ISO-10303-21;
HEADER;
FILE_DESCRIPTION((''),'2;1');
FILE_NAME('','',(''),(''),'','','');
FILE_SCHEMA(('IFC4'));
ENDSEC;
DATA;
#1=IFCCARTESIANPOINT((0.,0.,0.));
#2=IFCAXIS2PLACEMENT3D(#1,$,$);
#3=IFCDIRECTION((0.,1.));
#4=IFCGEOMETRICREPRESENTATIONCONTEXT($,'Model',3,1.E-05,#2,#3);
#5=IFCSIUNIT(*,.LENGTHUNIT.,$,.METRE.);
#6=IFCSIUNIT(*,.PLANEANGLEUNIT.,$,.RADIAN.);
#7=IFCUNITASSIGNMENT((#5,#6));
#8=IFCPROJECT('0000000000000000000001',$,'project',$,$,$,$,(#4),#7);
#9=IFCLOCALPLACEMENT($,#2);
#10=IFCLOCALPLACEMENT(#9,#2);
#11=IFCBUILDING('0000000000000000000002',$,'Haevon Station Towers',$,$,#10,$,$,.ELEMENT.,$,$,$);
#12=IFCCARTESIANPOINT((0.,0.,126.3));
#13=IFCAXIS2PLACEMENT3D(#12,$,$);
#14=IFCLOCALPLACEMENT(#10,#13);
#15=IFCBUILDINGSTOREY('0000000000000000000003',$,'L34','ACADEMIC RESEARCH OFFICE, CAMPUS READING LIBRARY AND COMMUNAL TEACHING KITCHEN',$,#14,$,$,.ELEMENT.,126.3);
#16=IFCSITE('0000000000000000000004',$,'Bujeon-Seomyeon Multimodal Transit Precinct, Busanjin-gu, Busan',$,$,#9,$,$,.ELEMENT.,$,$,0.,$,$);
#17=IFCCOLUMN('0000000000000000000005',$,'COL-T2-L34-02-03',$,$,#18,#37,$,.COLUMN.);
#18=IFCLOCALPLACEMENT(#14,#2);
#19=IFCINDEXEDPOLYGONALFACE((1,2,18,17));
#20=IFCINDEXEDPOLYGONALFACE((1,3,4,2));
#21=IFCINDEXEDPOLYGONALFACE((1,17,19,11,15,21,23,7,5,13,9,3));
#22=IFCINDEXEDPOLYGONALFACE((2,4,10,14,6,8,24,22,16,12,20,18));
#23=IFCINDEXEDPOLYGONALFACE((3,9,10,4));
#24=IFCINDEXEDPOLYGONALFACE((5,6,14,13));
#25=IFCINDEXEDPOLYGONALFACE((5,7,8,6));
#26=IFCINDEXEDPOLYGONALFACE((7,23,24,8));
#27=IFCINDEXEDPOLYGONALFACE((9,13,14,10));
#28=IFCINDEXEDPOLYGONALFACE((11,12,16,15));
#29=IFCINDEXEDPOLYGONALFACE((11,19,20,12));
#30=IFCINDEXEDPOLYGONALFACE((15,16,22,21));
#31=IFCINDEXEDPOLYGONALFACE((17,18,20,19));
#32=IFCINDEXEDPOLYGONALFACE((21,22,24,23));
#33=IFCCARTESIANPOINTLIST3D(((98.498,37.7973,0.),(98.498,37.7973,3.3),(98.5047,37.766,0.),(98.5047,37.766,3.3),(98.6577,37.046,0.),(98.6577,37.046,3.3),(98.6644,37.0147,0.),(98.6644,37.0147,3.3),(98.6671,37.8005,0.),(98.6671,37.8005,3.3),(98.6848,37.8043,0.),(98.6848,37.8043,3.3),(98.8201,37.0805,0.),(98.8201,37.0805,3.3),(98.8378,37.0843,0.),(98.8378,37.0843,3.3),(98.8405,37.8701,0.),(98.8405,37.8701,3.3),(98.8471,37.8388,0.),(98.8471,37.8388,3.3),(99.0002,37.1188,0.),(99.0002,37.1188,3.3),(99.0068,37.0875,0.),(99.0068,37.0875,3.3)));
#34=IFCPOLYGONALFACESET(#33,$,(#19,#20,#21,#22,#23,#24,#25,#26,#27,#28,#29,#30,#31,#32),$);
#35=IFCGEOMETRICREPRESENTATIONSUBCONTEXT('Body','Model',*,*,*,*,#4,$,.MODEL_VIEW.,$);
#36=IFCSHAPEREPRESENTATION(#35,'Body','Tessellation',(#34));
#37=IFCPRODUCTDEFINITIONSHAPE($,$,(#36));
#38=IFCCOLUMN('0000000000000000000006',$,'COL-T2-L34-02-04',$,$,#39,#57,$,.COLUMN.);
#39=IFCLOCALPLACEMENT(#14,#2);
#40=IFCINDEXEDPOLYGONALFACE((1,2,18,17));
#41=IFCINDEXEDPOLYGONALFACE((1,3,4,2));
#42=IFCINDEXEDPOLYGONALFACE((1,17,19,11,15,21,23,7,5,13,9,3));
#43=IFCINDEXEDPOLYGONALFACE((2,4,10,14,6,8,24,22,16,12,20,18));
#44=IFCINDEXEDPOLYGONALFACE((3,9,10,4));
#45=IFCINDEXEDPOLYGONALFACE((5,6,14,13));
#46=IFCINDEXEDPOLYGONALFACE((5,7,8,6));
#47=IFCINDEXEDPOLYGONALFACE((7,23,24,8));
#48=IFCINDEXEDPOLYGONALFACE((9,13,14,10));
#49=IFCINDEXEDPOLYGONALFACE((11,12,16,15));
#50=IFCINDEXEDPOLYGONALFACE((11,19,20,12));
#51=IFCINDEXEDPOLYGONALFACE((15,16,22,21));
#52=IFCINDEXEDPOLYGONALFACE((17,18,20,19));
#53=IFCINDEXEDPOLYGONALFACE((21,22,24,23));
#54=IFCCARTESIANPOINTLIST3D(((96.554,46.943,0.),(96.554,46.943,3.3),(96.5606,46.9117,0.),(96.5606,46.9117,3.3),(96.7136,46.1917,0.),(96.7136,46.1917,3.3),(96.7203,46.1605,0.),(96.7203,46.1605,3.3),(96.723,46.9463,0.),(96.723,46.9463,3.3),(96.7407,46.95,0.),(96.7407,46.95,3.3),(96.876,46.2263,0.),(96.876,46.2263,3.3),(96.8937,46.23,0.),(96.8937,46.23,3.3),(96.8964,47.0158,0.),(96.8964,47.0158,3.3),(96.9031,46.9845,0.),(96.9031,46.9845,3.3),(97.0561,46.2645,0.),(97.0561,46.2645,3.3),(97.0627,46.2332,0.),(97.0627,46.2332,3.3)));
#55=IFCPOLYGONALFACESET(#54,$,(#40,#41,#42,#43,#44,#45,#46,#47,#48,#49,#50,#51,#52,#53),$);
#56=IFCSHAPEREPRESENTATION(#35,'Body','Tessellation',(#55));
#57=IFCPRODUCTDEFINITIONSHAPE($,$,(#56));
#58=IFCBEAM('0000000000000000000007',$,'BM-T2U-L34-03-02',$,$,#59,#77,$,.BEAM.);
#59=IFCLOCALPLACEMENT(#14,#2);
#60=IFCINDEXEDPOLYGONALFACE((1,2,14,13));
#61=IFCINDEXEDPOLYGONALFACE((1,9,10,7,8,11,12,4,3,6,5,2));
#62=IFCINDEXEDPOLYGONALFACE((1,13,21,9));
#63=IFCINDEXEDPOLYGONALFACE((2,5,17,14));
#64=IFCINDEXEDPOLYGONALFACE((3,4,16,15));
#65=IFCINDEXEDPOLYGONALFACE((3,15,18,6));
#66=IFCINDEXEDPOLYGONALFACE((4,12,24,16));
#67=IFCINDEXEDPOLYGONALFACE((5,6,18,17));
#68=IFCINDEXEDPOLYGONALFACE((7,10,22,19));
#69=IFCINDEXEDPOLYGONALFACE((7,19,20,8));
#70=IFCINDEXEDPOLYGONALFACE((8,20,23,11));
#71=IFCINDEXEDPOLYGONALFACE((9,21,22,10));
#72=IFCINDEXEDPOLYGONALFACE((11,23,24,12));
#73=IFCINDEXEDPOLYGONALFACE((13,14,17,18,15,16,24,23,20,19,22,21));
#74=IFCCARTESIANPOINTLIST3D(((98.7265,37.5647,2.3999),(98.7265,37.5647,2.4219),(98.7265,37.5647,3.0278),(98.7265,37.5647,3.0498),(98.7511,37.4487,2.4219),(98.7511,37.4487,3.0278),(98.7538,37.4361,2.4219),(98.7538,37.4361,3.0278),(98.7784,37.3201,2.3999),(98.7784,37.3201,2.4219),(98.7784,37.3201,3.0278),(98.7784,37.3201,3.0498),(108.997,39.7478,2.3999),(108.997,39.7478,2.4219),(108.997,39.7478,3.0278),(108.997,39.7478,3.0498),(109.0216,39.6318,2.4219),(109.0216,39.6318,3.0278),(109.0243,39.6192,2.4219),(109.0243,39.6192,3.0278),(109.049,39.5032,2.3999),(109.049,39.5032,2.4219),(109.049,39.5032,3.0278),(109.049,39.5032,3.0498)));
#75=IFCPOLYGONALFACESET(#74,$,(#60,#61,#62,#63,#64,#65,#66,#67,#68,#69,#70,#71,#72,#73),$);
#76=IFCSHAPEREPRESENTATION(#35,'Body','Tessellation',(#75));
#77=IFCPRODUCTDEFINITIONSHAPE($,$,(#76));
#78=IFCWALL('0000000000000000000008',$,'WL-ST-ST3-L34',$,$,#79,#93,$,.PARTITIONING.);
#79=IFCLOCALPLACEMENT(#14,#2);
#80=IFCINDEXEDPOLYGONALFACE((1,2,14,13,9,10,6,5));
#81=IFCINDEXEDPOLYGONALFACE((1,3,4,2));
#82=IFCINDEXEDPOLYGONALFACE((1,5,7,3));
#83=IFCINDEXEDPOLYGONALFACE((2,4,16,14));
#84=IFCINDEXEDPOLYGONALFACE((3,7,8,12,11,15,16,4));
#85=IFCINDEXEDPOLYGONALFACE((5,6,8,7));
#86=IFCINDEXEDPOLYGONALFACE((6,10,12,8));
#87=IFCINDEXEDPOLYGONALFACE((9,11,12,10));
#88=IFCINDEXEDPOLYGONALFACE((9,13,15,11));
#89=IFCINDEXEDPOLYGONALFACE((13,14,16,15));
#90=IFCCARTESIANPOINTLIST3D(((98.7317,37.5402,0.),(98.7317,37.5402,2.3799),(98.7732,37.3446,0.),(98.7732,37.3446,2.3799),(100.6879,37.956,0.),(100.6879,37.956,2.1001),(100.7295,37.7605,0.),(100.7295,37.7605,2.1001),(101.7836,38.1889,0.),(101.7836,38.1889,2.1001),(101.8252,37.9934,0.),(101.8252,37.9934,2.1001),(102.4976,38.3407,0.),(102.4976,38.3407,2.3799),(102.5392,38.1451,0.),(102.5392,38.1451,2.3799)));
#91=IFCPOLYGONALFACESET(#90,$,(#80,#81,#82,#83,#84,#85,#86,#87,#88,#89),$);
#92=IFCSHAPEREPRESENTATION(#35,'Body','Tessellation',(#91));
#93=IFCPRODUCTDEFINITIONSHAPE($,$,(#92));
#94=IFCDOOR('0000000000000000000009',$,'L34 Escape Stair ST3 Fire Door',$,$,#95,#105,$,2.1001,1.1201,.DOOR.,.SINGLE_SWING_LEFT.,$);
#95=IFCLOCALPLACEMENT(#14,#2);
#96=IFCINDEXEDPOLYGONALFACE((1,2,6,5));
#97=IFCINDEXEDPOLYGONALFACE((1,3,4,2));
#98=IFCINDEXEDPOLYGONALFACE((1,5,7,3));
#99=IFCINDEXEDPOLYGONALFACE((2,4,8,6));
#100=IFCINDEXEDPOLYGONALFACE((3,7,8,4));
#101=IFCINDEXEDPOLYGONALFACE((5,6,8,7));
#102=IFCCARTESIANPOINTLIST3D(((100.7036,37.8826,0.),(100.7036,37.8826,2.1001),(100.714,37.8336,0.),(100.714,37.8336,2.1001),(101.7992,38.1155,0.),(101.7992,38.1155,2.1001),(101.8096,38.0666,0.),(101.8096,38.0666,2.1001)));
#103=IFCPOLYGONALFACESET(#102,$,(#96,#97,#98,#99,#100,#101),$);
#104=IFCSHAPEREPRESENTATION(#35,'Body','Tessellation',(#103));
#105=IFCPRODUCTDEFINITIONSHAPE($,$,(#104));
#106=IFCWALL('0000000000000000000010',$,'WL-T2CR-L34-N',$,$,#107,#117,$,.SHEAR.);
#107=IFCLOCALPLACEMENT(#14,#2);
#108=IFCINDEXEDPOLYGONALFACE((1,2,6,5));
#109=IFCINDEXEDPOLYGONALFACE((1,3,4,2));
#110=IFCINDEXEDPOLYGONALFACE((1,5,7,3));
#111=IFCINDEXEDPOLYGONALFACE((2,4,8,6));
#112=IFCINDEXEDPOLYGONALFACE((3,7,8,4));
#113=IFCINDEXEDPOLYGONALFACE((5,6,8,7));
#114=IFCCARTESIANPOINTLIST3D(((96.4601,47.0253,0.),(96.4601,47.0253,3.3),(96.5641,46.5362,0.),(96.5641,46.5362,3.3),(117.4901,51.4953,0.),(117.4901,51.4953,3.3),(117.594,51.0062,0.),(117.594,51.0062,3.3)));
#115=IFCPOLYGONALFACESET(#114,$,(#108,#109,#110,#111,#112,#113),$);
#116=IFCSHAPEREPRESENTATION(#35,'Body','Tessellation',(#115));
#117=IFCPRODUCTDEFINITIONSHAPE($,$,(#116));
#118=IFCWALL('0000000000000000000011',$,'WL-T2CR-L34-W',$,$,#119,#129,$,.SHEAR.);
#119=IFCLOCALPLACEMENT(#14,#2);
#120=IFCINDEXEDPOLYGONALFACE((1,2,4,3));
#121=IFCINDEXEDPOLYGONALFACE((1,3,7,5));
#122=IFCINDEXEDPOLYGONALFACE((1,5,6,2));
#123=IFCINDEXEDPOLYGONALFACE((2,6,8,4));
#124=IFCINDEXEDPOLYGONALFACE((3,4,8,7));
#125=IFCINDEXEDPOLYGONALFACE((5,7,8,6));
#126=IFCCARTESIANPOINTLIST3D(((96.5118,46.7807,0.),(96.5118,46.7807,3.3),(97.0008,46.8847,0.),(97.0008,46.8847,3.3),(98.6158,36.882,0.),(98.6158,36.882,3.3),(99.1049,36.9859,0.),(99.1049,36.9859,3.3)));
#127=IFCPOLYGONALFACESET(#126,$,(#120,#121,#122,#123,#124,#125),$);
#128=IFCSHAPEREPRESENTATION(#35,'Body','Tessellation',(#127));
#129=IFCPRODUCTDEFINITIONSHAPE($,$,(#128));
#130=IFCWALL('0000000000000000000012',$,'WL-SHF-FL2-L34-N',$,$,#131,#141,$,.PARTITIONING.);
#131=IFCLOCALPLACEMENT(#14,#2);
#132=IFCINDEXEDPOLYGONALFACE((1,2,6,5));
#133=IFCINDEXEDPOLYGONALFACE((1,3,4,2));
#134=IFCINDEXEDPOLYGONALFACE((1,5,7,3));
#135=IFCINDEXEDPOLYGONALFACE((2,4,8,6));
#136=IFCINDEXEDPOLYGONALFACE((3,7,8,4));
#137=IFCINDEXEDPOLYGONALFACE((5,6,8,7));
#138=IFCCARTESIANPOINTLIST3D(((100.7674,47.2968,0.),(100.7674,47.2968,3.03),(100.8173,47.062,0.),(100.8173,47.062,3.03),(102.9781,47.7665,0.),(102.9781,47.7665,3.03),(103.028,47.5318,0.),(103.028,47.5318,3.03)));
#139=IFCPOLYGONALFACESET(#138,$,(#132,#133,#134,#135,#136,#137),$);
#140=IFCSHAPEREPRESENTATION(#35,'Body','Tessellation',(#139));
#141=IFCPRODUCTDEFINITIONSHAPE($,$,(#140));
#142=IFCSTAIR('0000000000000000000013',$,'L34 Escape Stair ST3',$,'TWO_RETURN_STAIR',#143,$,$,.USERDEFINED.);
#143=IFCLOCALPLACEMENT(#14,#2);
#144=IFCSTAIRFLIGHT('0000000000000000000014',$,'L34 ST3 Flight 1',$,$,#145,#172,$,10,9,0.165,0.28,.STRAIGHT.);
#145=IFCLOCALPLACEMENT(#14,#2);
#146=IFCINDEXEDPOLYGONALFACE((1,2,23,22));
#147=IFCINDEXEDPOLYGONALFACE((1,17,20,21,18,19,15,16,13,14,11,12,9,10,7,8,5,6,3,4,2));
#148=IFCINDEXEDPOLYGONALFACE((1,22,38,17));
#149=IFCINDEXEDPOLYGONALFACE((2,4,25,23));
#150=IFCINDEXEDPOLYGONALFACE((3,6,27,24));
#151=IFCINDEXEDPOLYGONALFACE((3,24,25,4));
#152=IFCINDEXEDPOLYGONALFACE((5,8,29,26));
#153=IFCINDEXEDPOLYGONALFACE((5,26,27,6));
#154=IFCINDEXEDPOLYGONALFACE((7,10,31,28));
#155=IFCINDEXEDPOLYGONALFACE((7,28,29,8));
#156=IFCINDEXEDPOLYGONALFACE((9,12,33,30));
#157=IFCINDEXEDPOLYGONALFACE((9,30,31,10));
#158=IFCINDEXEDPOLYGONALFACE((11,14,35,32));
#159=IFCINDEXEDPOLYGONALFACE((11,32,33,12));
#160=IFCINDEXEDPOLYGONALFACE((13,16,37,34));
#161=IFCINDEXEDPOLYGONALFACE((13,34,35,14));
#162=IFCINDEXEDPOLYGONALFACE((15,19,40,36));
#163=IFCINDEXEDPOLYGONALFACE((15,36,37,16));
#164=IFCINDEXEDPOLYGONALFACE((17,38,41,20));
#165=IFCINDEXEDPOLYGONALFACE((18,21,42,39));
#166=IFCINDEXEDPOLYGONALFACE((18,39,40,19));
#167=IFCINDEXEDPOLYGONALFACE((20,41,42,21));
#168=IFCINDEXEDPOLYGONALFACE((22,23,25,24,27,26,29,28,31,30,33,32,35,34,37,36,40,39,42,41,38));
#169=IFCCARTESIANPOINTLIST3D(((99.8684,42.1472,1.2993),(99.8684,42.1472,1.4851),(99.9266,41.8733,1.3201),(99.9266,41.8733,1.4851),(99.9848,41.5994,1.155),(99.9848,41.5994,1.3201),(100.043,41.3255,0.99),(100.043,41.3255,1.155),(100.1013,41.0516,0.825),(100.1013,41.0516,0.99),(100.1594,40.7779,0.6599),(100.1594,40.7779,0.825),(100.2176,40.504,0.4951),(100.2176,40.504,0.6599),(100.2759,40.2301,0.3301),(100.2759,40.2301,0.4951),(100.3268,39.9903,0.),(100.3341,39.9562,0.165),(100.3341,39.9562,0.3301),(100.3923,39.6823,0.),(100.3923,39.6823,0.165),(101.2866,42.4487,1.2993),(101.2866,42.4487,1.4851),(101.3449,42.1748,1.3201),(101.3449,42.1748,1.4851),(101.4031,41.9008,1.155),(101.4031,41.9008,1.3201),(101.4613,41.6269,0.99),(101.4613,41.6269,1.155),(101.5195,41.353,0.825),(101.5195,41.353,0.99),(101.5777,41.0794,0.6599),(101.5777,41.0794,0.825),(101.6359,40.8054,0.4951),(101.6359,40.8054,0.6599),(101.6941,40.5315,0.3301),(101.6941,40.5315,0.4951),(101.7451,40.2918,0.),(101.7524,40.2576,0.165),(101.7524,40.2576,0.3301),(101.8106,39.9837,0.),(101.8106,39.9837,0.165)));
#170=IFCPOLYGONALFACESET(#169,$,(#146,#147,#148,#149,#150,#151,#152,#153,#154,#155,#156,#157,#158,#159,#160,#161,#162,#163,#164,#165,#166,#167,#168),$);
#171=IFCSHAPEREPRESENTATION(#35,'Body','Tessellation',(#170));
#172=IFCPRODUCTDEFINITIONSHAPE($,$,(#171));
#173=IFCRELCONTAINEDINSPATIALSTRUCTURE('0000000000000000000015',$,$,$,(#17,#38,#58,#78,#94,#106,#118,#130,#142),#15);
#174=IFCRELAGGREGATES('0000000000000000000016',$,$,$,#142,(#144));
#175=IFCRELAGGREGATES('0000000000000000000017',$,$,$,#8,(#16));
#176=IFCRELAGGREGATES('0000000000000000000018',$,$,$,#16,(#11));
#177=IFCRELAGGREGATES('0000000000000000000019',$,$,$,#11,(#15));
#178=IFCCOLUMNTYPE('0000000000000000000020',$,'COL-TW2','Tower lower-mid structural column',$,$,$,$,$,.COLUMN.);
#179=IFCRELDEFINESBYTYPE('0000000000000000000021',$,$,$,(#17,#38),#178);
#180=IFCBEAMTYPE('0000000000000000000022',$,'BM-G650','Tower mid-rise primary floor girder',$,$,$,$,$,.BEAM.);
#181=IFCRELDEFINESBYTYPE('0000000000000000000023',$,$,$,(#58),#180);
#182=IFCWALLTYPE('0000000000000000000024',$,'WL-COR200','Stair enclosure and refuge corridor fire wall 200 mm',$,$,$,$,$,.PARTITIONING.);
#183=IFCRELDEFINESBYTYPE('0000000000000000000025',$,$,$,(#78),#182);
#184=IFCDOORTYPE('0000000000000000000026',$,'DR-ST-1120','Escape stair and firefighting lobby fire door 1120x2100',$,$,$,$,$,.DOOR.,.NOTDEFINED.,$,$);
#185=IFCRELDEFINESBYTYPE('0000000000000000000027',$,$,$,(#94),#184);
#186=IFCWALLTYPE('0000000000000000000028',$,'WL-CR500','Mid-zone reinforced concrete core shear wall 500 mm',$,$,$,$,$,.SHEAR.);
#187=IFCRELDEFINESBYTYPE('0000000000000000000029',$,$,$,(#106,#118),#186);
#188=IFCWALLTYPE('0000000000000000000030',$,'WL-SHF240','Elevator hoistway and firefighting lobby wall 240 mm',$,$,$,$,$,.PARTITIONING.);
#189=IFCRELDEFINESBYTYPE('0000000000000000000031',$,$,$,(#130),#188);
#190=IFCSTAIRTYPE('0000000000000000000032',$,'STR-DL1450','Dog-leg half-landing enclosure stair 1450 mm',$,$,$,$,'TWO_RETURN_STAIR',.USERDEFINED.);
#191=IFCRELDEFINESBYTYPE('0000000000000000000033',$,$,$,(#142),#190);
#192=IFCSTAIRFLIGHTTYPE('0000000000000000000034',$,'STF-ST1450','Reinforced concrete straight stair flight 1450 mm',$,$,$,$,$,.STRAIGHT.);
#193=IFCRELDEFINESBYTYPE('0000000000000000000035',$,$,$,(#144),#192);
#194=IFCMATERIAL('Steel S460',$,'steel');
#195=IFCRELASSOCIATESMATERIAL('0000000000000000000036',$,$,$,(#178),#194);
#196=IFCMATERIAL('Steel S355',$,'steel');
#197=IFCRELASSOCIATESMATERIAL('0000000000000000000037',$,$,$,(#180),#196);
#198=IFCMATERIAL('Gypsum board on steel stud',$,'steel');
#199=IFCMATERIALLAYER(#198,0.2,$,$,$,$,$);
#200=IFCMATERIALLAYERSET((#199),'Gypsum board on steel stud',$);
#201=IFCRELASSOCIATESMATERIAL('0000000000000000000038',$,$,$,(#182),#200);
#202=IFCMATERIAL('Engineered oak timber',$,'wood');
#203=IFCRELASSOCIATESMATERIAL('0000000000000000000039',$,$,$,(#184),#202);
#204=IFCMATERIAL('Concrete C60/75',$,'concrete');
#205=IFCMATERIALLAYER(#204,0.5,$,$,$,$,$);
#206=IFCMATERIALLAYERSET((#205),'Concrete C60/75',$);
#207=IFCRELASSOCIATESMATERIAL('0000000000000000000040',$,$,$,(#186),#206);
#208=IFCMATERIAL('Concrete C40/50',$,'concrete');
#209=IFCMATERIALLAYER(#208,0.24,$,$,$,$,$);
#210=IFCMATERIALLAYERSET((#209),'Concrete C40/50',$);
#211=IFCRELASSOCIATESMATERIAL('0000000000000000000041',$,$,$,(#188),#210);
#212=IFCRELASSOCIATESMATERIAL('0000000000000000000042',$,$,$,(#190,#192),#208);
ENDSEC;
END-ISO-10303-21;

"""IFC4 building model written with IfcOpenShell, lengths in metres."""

from ifc_helpers import new_model, si_unit, direction, frame, frame_2d, origin, origin_2d, place, context, subcontext, project, spatial, polyline, rectangle, i_section, outline, extrude, material, layer, layer_set, material_profile, profile_set, type_object, element, fill, aggregate, save


model = new_model("IFC4")

# Units and contexts
model_context = context("Model", 3, precision=1e-05, world=origin(), true_north=direction((0.0, 1.0)))
body_context = subcontext(model_context, "Body", "Model", "MODEL_VIEW")
ifc_project = project(units=[si_unit("LENGTHUNIT", "METRE"), si_unit("PLANEANGLEUNIT", "RADIAN")], contexts=[model_context])

# Site, building, storey
site_placement = place(None, origin())
site = spatial("IfcSite", under=ifc_project, at=site_placement, Name="Bujeon-Seomyeon Multimodal Transit Precinct, Busanjin-gu, Busan", CompositionType="ELEMENT", RefElevation=0.0)
building_placement = place(site_placement, origin())
building = spatial("IfcBuilding", under=site, at=building_placement, Name="Haevon Station Towers", CompositionType="ELEMENT")
storey_placement = place(building_placement, frame((0.0, 0.0, 126.3)))
storey = spatial("IfcBuildingStorey", under=building, at=storey_placement, Name="L34", Description="ACADEMIC RESEARCH OFFICE, CAMPUS READING LIBRARY AND COMMUNAL TEACHING KITCHEN", CompositionType="ELEMENT", Elevation=126.3)

# Columns
ifc_material_1 = material(Name="Steel S460", Category="steel")
ifc_material_profile_1 = material_profile(ifc_material_1, i_section(OverallWidth=0.3501, OverallDepth=0.8, WebThickness=0.0181, FlangeThickness=0.032, at=origin_2d()), Name="H-800x350x18x32")
ifc_profile_set_1 = profile_set([ifc_material_profile_1], Name="Steel S460")
column_type = type_object("IfcColumnType", Name="COL-TW2", Description="Tower lower-mid structural column", PredefinedType="COLUMN", material=ifc_profile_set_1)
for number, where, z_axis, x_axis, name in (
    (1, (98.7524, 37.4424, 0.0), (0.0, 0.0, 1.0), (0.978148, 0.207912, 0.0), "COL-T2-L34-02-03"),
    (2, (96.8083, 46.5881, 0.0), (0.0, 0.0, 1.0), (0.978148, 0.207912, 0.0), "COL-T2-L34-02-04"),
):
    element("IfcColumn", number, at=place(storey_placement, frame(where, z_axis=z_axis, x_axis=x_axis)), inside=storey, type_object=column_type, Name=name, PredefinedType="COLUMN", context=body_context, shape_type="SweptSolid", body=[
        extrude(i_section(OverallWidth=0.3501, OverallDepth=0.8, WebThickness=0.0181, FlangeThickness=0.032, at=origin_2d()), origin(), (0.0, 0.0, 1.0), 3.3),
    ])

# Beam
ifc_material_2 = material(Name="Steel S355", Category="steel")
ifc_material_profile_2 = material_profile(ifc_material_2, i_section(OverallWidth=0.25, OverallDepth=0.6499, WebThickness=0.0129, FlangeThickness=0.022, at=origin_2d()), Name="H-650x250x13x22")
ifc_profile_set_2 = profile_set([ifc_material_profile_2], Name="Steel S355")
beam_type = type_object("IfcBeamType", Name="BM-G650", Description="Tower mid-rise primary floor girder", PredefinedType="BEAM", material=ifc_profile_set_2)
beam_placement = place(storey_placement, frame((98.7524, 37.4424, 2.7249), z_axis=(0.978147, 0.207915, 0.0), x_axis=(-0.207915, 0.978147, 0.0)))
element("IfcBeam", 3, at=beam_placement, inside=storey, type_object=beam_type, Name="BM-T2U-L34-03-02", PredefinedType="BEAM", context=body_context, shape_type="SweptSolid", body=[
    extrude(i_section(OverallWidth=0.25, OverallDepth=0.6499, WebThickness=0.0129, FlangeThickness=0.022, at=origin_2d()), origin(), (0.0, 0.0, 1.0), 10.5),
])

# Wall, opening, door
ifc_material_3 = material(Name="Gypsum board on steel stud", Category="steel")
ifc_layer_1 = layer(ifc_material_3, 0.2)
ifc_layer_set_1 = layer_set([ifc_layer_1], Name="Gypsum board on steel stud")
wall_type_1 = type_object("IfcWallType", Name="WL-COR200", Description="Stair enclosure and refuge corridor fire wall 200 mm", PredefinedType="PARTITIONING", material=ifc_layer_set_1)
wall_1_placement = place(storey_placement, frame((98.7524, 37.4424, 0.0), z_axis=(0.0, 0.0, 1.0), x_axis=(0.978144, 0.207931, 0.0)))
wall_1 = element("IfcWall", 4, at=wall_1_placement, inside=storey, type_object=wall_type_1, Name="WL-ST-ST3-L34", PredefinedType="PARTITIONING", context=body_context, shape_type="SweptSolid", body=[
    extrude(rectangle(XDim=3.8501, YDim=0.2, at=frame_2d((1.925, 0.0))), origin(), (0.0, 0.0, 1.0), 2.3799),
])
opening_1_placement = place(wall_1_placement, frame((2.0, 0.0, 0.0)))
opening_1 = element("IfcOpeningElement", 5, at=opening_1_placement, cuts=wall_1, PredefinedType="OPENING", context=body_context, shape_type="SweptSolid", body=[
    extrude(rectangle(XDim=1.1201, YDim=2.1001, at=frame_2d((0.5601, 1.05))), frame((0.0, 0.1099, 0.0), z_axis=(0.0, -1.0, 0.0), x_axis=(1.0, 0.0, 0.0)), (0.0, 0.0, 1.0), 0.22),
])
ifc_material_4 = material(Name="Engineered oak timber", Category="wood")
door_type_1 = type_object("IfcDoorType", Name="DR-ST-1120", Description="Escape stair and firefighting lobby fire door 1120x2100", OperationType="NOTDEFINED", PredefinedType="DOOR", material=ifc_material_4)
door_1_placement = place(opening_1_placement, origin())
door_1 = element("IfcDoor", 6, at=door_1_placement, inside=storey, type_object=door_type_1, Name="L34 Escape Stair ST3 Fire Door", OperationType="SINGLE_SWING_LEFT", OverallHeight=2.1001, OverallWidth=1.1201, PredefinedType="DOOR", context=body_context, shape_type="SweptSolid", body=[
    extrude(rectangle(XDim=1.1201, YDim=2.1001, at=frame_2d((0.5601, 1.05))), frame((0.0, 0.0249, 0.0), z_axis=(0.0, -1.0, 0.0), x_axis=(1.0, 0.0, 0.0)), (0.0, 0.0, 1.0), 0.05),
])
fill(opening_1, door_1)

# Walls
ifc_material_5 = material(Name="Concrete C60/75", Category="concrete")
ifc_layer_2 = layer(ifc_material_5, 0.5)
ifc_layer_set_2 = layer_set([ifc_layer_2], Name="Concrete C60/75")
wall_type_2 = type_object("IfcWallType", Name="WL-CR500", Description="Mid-zone reinforced concrete core shear wall 500 mm", PredefinedType="SHEAR", material=ifc_layer_set_2)
wall_2_placement = place(storey_placement, frame((96.512, 46.7808, 0.0), z_axis=(0.0, 0.0, 1.0), x_axis=(0.978149, 0.207907, 0.0)))
element("IfcWall", 7, at=wall_2_placement, inside=storey, type_object=wall_type_2, Name="WL-T2CR-L34-N", PredefinedType="SHEAR", context=body_context, shape_type="SweptSolid", body=[
    extrude(rectangle(XDim=21.4998, YDim=0.5, at=frame_2d((10.75, 0.0))), origin(), (0.0, 0.0, 1.0), 3.3),
])
wall_3_placement = place(storey_placement, frame((98.8604, 36.9338, 0.0), z_axis=(0.0, 0.0, 1.0), x_axis=(-0.207909, 0.978148, 0.0)))
element("IfcWall", 8, at=wall_3_placement, inside=storey, type_object=wall_type_2, Name="WL-T2CR-L34-W", PredefinedType="SHEAR", context=body_context, shape_type="SweptSolid", body=[
    extrude(rectangle(XDim=10.1199, YDim=0.5, at=frame_2d((5.0601, 0.0))), origin(), (0.0, 0.0, 1.0), 3.3),
])

# Shared definitions
ifc_material_6 = material(Name="Concrete C40/50", Category="concrete")
ifc_layer_3 = layer(ifc_material_6, 0.24)
ifc_layer_set_3 = layer_set([ifc_layer_3], Name="Concrete C40/50")
wall_type_3 = type_object("IfcWallType", Name="WL-SHF240", Description="Elevator hoistway and firefighting lobby wall 240 mm", PredefinedType="PARTITIONING", material=ifc_layer_set_3)

# Wall
wall_4_placement = place(storey_placement, frame((100.7925, 47.1794, 0.0), z_axis=(0.0, 0.0, 1.0), x_axis=(0.978163, 0.207839, 0.0)))
element("IfcWall", 9, at=wall_4_placement, inside=storey, type_object=wall_type_3, Name="WL-SHF-FL2-L34-N", PredefinedType="PARTITIONING", context=body_context, shape_type="SweptSolid", body=[
    extrude(rectangle(XDim=2.26, YDim=0.24, at=frame_2d((1.1299, 0.0))), origin(), (0.0, 0.0, 1.0), 3.03),
])

# Stair, stair flight
stair_type = type_object("IfcStairType", Name="STR-DL1450", Description="Dog-leg half-landing enclosure stair 1450 mm", ElementType="TWO_RETURN_STAIR", PredefinedType="USERDEFINED", material=ifc_material_6)
stair_placement = place(storey_placement, origin())
stair = element("IfcStair", 10, at=stair_placement, inside=storey, type_object=stair_type, Name="L34 Escape Stair ST3", ObjectType="TWO_RETURN_STAIR", PredefinedType="USERDEFINED")
stair_flight_type = type_object("IfcStairFlightType", Name="STF-ST1450", Description="Reinforced concrete straight stair flight 1450 mm", PredefinedType="STRAIGHT", material=ifc_material_6)
stair_flight_1_placement = place(storey_placement, frame((101.1016, 39.833, 0.0), z_axis=(0.0, 0.0, 1.0), x_axis=(-0.207912, 0.978148, 0.0)))
stair_flight_1 = element("IfcStairFlight", 11, at=stair_flight_1_placement, type_object=stair_flight_type, Name="L34 ST3 Flight 1", NumberOfRisers=10, NumberOfTreads=9, PredefinedType="STRAIGHT", RiserHeight=0.165, TreadLength=0.28, context=body_context, shape_type="SweptSolid", body=[
    extrude(outline(polyline([(0.0, 0.0), (0.0, 0.165), (0.28, 0.165), (0.28, 0.3301), (0.5601, 0.3301), (0.5601, 0.4951), (0.8401, 0.4951), (0.8401, 0.6599), (1.1201, 0.6599), (1.1201, 0.825), (1.3999, 0.825), (1.3999, 0.99), (1.6799, 0.99), (1.6799, 1.155), (1.96, 1.155), (1.96, 1.3201), (2.24, 1.3201), (2.24, 1.4851), (2.52, 1.4851), (2.52, 1.6499), (2.52, 1.2993), (0.3149, 0.0), (0.0, 0.0)])), frame((0.0, 0.7251, 0.0), z_axis=(0.0, -1.0, 0.0), x_axis=(1.0, 0.0, 0.0)), (0.0, 0.0, 1.0), 1.45),
])
aggregate(stair, [stair_flight_1])

save(model, "model.ifc")
